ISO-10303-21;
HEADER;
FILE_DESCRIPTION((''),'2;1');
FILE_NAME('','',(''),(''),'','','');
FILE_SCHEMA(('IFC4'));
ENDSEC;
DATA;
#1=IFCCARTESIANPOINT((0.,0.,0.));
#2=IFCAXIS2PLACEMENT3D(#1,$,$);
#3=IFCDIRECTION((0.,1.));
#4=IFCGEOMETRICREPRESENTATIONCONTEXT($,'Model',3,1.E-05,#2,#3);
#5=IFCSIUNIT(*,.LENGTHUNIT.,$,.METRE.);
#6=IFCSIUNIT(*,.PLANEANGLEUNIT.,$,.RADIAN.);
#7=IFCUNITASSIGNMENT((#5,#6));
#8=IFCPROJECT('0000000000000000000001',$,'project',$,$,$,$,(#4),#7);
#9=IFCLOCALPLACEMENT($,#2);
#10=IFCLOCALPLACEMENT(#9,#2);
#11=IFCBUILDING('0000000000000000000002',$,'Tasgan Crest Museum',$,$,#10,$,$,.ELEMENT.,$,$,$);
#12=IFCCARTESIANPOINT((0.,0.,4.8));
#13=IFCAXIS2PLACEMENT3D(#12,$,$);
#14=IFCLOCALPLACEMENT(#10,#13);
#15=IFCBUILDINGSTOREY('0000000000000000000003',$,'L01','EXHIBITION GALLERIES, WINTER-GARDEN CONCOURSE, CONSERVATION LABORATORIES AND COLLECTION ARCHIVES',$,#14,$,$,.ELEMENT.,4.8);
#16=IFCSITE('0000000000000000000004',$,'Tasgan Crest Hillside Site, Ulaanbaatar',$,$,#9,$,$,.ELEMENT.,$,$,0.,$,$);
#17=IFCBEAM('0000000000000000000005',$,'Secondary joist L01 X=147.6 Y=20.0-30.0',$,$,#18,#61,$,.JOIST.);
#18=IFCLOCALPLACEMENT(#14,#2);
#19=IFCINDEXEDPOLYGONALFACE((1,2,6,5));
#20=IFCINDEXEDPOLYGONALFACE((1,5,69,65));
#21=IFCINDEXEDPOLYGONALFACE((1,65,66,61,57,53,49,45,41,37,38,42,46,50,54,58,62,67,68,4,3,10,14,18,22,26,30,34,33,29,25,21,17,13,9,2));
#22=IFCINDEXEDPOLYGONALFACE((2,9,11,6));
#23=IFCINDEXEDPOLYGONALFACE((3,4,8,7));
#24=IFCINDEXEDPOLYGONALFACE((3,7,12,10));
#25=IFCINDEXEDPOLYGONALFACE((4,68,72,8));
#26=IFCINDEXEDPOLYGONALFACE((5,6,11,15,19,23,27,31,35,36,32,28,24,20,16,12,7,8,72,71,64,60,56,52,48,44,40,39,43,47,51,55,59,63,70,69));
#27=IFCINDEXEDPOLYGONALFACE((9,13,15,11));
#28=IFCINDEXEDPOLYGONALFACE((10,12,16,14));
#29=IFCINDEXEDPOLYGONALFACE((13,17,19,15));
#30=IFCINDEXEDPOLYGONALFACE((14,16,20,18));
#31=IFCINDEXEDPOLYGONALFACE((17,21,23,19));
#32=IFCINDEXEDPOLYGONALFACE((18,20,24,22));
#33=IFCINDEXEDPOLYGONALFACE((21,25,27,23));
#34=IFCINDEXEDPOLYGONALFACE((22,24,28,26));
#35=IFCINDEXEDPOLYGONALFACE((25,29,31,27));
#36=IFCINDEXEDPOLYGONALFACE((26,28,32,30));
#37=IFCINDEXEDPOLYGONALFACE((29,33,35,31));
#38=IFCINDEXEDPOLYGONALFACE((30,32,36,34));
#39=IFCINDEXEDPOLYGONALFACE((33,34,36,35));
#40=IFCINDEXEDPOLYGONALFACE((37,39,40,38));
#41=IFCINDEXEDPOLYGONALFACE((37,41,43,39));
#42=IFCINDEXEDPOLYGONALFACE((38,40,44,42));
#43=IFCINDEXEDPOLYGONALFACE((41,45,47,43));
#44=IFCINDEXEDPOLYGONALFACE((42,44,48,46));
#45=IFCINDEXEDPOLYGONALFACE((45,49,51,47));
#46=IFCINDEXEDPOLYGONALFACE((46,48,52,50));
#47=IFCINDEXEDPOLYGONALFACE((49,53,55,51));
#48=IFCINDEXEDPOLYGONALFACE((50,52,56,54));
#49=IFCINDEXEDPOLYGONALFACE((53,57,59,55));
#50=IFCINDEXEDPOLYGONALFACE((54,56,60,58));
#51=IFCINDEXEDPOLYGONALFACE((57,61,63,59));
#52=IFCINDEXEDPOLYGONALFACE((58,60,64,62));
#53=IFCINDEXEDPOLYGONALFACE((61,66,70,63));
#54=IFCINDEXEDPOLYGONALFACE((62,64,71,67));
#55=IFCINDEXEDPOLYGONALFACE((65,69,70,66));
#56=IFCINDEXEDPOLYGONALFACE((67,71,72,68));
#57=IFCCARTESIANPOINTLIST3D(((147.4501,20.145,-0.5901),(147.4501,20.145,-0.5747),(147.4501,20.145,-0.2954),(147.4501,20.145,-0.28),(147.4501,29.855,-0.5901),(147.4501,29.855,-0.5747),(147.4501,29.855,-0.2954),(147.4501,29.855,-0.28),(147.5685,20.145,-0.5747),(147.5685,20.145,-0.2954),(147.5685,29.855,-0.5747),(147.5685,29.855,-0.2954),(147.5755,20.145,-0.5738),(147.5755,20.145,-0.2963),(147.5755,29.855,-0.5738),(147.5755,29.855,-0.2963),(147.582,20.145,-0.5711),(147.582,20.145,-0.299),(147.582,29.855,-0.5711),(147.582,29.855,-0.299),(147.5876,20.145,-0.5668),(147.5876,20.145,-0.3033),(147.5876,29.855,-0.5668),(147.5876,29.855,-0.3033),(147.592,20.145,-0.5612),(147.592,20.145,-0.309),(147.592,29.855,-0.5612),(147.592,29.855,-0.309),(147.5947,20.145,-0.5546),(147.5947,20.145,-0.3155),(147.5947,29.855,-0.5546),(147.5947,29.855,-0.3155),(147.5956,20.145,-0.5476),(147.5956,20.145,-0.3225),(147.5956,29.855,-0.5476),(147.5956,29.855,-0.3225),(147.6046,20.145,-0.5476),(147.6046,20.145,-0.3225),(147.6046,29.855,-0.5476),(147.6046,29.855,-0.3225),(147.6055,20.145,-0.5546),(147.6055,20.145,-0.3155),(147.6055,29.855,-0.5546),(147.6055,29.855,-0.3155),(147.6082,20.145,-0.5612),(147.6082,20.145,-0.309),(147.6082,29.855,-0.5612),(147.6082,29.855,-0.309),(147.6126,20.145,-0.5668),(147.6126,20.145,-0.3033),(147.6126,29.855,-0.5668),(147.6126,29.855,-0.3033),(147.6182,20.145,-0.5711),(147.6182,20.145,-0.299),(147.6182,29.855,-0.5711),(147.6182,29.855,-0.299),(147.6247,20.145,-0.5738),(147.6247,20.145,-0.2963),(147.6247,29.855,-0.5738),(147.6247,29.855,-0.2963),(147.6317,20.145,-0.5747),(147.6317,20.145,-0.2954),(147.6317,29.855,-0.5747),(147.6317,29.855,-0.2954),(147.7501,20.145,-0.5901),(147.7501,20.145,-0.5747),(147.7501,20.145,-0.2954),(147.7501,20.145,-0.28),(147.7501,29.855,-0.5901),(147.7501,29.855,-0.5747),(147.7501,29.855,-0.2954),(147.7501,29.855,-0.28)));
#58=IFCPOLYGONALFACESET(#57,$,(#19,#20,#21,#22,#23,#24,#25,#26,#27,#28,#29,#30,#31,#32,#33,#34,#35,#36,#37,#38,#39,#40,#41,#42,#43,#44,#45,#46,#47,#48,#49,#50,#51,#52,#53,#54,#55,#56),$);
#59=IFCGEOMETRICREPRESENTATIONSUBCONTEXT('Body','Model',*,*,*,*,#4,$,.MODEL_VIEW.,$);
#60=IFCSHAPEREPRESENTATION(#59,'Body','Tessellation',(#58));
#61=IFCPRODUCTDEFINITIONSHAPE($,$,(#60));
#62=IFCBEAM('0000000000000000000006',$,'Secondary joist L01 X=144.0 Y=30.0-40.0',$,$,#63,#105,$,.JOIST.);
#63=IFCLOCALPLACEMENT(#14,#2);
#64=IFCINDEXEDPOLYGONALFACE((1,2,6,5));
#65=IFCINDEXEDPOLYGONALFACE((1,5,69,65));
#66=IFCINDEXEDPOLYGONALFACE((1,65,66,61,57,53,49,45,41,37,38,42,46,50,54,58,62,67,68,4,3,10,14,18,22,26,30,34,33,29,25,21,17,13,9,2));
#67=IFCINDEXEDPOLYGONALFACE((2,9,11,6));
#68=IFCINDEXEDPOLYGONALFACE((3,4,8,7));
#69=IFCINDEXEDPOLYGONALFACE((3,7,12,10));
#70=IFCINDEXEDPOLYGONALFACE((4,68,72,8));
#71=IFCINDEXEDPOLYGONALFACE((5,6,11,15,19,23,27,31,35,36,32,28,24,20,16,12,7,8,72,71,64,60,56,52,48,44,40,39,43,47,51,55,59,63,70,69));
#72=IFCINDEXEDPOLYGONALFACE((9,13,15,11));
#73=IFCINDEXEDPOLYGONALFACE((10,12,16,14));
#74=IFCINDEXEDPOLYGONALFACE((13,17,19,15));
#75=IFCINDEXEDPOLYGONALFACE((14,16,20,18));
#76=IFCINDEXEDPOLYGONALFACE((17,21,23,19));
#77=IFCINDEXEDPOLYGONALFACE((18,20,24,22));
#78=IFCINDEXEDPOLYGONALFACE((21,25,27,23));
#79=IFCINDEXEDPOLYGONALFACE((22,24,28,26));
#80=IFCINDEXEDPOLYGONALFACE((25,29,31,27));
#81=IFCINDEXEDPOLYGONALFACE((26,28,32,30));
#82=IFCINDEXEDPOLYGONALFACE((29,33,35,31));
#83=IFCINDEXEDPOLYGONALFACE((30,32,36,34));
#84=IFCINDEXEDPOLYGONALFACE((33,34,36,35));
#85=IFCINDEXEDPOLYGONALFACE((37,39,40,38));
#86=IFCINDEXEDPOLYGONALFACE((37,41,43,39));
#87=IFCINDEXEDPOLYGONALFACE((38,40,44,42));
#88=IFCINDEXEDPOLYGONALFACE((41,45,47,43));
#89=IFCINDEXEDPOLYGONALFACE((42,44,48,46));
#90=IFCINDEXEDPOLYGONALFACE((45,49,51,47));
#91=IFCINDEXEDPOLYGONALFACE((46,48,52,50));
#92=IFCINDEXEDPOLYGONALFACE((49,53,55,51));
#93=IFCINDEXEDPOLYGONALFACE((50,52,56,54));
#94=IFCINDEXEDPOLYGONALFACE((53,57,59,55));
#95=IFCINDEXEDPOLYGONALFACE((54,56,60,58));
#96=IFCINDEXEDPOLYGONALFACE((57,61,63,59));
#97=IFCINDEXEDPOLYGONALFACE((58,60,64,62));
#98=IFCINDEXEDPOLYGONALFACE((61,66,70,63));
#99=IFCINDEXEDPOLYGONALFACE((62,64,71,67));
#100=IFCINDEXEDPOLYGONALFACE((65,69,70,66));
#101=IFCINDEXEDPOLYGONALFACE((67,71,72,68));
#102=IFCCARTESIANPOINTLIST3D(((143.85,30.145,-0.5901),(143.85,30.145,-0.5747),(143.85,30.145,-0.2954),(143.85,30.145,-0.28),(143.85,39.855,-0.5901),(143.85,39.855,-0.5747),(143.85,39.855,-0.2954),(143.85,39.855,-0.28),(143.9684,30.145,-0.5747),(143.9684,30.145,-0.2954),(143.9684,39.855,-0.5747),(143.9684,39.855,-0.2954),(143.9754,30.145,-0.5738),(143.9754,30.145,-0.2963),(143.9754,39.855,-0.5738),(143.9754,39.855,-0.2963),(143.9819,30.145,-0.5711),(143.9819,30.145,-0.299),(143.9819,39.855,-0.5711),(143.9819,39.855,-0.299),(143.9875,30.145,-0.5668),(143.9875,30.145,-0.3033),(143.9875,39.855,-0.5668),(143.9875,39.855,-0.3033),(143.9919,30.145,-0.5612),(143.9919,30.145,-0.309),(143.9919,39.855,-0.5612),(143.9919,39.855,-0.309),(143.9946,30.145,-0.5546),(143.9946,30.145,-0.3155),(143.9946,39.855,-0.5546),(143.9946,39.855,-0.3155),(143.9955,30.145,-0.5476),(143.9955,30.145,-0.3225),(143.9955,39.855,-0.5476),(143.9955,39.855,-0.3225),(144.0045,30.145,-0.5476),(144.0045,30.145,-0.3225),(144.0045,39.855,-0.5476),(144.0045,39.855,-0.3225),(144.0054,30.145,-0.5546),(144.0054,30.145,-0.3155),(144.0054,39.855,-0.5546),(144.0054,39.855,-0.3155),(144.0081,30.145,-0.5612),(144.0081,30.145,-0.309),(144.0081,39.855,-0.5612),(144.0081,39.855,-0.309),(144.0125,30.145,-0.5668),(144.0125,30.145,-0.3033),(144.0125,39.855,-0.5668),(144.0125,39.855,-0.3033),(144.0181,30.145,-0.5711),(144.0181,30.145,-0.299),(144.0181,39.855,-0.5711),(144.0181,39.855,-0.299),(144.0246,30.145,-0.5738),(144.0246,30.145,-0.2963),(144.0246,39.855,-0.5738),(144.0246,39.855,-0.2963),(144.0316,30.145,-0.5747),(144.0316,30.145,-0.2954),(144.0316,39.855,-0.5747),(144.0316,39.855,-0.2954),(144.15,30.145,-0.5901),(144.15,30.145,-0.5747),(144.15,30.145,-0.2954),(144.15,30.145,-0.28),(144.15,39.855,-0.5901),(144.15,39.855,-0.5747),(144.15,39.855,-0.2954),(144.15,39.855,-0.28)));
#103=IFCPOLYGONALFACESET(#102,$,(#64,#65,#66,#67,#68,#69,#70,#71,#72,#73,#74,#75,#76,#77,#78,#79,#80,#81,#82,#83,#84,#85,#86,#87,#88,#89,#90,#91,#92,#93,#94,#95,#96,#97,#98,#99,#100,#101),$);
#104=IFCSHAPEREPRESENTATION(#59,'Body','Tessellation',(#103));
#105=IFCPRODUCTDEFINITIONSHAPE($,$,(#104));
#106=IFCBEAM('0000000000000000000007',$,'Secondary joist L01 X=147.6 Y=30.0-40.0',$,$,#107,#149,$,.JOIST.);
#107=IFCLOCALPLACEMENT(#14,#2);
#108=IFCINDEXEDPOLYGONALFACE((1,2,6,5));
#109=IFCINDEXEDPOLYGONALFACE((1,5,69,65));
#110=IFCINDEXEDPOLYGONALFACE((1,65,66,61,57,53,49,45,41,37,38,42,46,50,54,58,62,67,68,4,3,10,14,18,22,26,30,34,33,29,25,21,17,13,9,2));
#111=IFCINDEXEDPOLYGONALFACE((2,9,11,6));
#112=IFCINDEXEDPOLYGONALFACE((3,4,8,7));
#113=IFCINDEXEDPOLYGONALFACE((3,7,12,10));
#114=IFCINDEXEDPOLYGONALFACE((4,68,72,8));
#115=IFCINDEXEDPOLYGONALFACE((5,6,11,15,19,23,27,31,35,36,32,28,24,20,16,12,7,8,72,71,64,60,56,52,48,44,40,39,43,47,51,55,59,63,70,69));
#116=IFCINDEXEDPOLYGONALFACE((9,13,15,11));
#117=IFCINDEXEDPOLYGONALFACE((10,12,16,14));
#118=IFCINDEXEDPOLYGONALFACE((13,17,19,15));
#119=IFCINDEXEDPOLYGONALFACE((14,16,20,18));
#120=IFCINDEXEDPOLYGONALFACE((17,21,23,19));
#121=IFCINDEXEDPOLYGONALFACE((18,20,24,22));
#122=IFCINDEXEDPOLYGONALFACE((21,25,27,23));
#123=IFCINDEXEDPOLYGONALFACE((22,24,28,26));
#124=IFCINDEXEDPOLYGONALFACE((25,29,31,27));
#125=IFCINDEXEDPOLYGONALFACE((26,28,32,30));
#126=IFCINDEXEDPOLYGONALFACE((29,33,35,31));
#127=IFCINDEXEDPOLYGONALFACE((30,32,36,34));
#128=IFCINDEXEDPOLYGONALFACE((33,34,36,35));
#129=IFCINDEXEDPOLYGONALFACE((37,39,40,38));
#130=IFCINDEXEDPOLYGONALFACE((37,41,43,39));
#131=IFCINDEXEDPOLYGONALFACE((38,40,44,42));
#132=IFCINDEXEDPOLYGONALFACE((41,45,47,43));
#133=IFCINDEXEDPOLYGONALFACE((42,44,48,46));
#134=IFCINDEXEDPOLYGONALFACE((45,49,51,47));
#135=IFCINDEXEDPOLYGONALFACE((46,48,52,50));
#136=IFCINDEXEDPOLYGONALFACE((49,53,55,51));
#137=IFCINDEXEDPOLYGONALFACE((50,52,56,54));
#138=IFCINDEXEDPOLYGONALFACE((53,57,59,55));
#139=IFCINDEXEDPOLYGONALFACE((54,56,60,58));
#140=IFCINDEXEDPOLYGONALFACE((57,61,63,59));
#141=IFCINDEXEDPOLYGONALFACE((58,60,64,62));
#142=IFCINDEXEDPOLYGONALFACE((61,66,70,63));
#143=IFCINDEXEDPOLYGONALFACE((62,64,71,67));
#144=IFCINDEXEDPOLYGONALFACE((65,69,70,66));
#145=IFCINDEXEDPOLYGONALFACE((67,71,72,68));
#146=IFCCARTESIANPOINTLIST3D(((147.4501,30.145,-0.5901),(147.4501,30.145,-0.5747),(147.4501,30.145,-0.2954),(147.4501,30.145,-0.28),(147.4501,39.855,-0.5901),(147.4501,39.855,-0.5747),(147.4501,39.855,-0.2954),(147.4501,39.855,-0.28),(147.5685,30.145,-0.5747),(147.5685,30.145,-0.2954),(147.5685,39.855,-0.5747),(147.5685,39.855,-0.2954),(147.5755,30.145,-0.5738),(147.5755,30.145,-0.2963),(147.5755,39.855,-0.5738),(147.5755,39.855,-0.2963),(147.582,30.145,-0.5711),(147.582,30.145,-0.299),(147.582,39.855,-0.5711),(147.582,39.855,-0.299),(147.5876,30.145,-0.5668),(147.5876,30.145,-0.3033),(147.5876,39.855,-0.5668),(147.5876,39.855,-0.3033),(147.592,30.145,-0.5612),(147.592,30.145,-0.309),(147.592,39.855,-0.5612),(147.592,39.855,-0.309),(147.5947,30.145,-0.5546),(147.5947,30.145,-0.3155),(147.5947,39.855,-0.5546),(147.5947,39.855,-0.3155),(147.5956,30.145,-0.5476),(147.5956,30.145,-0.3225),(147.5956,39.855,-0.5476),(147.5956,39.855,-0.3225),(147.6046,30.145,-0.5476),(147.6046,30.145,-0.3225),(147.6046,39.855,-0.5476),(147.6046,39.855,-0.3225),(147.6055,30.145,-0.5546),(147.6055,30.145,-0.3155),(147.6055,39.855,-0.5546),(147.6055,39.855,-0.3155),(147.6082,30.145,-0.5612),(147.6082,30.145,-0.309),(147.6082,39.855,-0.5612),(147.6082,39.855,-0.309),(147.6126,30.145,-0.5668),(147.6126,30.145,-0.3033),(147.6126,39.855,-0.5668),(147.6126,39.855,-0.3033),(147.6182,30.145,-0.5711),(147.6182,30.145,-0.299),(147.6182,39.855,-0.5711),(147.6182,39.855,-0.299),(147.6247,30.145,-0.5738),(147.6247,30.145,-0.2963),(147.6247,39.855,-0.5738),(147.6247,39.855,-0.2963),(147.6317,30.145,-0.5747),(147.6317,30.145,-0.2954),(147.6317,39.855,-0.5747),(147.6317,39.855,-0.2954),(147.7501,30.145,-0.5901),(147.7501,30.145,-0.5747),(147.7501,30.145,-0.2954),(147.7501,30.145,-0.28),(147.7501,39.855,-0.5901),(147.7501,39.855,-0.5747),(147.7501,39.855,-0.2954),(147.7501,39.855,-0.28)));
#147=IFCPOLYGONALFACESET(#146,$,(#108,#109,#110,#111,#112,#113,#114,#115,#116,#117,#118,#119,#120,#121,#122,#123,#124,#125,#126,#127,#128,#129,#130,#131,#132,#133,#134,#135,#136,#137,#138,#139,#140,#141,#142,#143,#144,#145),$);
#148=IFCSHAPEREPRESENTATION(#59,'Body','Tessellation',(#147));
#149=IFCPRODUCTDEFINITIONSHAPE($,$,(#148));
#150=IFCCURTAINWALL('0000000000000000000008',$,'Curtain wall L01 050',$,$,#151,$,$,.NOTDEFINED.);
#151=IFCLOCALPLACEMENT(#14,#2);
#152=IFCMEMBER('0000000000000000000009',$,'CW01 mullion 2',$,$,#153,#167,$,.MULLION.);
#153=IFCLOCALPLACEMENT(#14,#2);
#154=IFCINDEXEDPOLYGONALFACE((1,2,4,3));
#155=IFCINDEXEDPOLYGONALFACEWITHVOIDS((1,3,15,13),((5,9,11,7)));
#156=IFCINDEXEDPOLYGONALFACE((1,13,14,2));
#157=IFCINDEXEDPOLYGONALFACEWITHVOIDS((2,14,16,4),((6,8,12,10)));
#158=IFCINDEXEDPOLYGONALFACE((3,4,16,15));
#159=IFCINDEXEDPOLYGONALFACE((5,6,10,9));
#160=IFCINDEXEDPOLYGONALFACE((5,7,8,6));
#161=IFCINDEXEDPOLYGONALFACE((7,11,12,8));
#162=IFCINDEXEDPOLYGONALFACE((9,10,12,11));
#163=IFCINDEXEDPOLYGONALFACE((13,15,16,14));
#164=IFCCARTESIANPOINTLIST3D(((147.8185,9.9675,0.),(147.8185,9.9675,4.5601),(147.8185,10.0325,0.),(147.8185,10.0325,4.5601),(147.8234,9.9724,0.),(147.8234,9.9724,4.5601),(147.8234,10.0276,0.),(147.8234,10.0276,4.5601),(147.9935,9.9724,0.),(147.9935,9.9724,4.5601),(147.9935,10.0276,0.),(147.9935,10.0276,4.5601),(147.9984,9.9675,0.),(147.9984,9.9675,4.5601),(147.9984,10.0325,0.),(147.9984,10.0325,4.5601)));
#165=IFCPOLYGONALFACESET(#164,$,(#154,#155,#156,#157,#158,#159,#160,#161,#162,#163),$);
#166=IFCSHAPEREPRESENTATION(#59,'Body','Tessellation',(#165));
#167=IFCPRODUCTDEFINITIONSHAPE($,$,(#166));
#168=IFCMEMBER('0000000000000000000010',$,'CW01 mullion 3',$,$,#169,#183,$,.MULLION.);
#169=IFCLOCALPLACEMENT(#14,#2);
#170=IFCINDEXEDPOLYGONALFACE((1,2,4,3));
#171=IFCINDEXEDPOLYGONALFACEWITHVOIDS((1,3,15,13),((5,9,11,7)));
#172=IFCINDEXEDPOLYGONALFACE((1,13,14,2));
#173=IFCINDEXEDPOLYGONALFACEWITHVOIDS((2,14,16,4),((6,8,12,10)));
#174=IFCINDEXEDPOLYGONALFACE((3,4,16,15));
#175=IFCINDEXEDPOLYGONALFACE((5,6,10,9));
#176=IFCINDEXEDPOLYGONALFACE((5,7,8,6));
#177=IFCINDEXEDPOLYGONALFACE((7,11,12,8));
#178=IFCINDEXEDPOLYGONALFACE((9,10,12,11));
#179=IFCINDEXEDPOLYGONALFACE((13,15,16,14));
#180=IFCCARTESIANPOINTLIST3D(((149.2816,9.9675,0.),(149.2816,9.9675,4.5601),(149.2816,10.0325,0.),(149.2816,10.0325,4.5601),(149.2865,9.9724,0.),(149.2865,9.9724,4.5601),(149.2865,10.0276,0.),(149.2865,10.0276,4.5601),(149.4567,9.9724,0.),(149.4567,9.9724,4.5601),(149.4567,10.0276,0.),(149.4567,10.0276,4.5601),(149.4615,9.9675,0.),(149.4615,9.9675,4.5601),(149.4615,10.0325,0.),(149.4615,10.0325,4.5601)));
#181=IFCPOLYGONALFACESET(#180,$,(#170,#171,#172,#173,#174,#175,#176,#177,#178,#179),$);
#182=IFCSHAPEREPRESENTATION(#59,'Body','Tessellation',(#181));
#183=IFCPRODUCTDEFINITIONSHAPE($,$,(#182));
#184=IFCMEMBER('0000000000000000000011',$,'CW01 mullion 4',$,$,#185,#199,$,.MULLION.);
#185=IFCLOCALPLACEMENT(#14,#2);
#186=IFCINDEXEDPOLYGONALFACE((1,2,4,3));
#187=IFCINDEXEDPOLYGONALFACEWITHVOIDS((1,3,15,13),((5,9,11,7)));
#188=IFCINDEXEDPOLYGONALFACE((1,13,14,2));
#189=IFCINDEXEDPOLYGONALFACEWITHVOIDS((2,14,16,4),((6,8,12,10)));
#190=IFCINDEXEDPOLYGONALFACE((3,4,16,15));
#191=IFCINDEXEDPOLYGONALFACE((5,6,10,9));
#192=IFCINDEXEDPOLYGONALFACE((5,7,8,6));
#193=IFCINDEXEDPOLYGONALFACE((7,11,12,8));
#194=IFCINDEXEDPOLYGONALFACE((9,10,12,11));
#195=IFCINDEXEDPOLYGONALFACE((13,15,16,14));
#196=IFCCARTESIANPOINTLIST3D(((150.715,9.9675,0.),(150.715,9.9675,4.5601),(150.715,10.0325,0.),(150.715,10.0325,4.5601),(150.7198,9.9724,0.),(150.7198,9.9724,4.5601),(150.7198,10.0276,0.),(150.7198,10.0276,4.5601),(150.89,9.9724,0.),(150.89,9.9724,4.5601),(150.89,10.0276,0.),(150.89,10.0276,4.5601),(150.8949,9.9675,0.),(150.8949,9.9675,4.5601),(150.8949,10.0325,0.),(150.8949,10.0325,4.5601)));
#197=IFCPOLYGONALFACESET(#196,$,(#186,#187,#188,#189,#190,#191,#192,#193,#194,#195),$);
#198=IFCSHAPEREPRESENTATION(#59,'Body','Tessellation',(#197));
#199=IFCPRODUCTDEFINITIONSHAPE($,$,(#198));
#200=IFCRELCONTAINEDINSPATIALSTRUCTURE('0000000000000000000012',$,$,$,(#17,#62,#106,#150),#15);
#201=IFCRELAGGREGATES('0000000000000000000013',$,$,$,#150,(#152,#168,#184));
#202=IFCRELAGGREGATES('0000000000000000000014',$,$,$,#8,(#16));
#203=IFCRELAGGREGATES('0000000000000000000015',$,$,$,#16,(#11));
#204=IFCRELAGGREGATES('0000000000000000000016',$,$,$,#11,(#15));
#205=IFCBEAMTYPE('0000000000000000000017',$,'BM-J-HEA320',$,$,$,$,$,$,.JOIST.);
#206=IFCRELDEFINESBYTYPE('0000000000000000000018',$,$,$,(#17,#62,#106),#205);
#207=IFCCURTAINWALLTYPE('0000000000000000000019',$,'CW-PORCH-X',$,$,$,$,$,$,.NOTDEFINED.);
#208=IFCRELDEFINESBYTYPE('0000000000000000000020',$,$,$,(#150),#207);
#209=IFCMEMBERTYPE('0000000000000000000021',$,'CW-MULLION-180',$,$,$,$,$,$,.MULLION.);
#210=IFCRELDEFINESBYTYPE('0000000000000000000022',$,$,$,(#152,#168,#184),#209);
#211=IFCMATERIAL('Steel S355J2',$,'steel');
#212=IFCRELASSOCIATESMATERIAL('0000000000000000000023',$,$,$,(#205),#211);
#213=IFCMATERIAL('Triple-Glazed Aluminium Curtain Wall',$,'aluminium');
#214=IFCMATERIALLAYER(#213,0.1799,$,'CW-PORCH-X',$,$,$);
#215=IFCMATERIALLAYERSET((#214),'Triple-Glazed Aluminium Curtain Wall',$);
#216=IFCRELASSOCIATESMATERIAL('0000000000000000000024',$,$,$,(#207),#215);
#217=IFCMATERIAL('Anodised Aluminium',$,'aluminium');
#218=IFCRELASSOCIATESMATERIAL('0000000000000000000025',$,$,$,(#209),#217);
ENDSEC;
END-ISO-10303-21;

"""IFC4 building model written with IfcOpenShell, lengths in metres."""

from ifc_helpers import new_model, si_unit, direction, frame, origin, origin_2d, place, context, subcontext, project, spatial, hollow_rectangle, i_section, extrude, material, layer, layer_set, material_profile, profile_set, type_object, element, aggregate, save


model = new_model("IFC4")

# Units and contexts
model_context = context("Model", 3, precision=1e-05, world=origin(), true_north=direction((0.0, 1.0)))
body_context = subcontext(model_context, "Body", "Model", "MODEL_VIEW")
ifc_project = project(units=[si_unit("LENGTHUNIT", "METRE"), si_unit("PLANEANGLEUNIT", "RADIAN")], contexts=[model_context])

# Site, building, storey
site_placement = place(None, origin())
site = spatial("IfcSite", under=ifc_project, at=site_placement, Name="Tasgan Crest Hillside Site, Ulaanbaatar", CompositionType="ELEMENT", RefElevation=0.0)
building_placement = place(site_placement, origin())
building = spatial("IfcBuilding", under=site, at=building_placement, Name="Tasgan Crest Museum", CompositionType="ELEMENT")
storey_placement = place(building_placement, frame((0.0, 0.0, 4.8)))
storey = spatial("IfcBuildingStorey", under=building, at=storey_placement, Name="L01", Description="EXHIBITION GALLERIES, WINTER-GARDEN CONCOURSE, CONSERVATION LABORATORIES AND COLLECTION ARCHIVES", CompositionType="ELEMENT", Elevation=4.8)

# Beams
ifc_material_1 = material(Name="Steel S355J2", Category="steel")
ifc_material_profile_1 = material_profile(ifc_material_1, i_section(OverallWidth=0.3, OverallDepth=0.3101, WebThickness=0.009, FlangeThickness=0.0154, FilletRadius=0.0271, at=origin_2d()), Name="HEA 320")
ifc_profile_set_1 = profile_set([ifc_material_profile_1], Name="Steel S355J2")
beam_type_1 = type_object("IfcBeamType", Name="BM-J-HEA320", PredefinedType="JOIST", material=ifc_profile_set_1)
for number, where, z_axis, x_axis, name in (
    (1, (147.6001, 20.145, -0.4351), (0.0, 1.0, 0.0), (-1.0, 0.0, 0.0), "Secondary joist L01 X=147.6 Y=20.0-30.0"),
    (2, (144.0, 30.145, -0.4351), (0.0, 1.0, 0.0), (-1.0, 0.0, 0.0), "Secondary joist L01 X=144.0 Y=30.0-40.0"),
    (3, (147.6001, 30.145, -0.4351), (0.0, 1.0, 0.0), (-1.0, 0.0, 0.0), "Secondary joist L01 X=147.6 Y=30.0-40.0"),
):
    element("IfcBeam", number, at=place(storey_placement, frame(where, z_axis=z_axis, x_axis=x_axis)), inside=storey, type_object=beam_type_1, Name=name, PredefinedType="JOIST", context=body_context, shape_type="SweptSolid", body=[
        extrude(i_section(OverallWidth=0.3, OverallDepth=0.3101, WebThickness=0.009, FlangeThickness=0.0154, FilletRadius=0.0271, at=origin_2d()), origin(), (0.0, 0.0, 1.0), 9.71),
    ])

# Curtain wall, members
ifc_material_2 = material(Name="Triple-Glazed Aluminium Curtain Wall", Category="aluminium")
ifc_layer_1 = layer(ifc_material_2, 0.1799, Name="CW-PORCH-X")
ifc_layer_set_1 = layer_set([ifc_layer_1], Name="Triple-Glazed Aluminium Curtain Wall")
curtain_wall_type = type_object("IfcCurtainWallType", Name="CW-PORCH-X", PredefinedType="NOTDEFINED", material=ifc_layer_set_1)
curtain_wall_placement = place(storey_placement, origin())
curtain_wall = element("IfcCurtainWall", 4, at=curtain_wall_placement, inside=storey, type_object=curtain_wall_type, Name="Curtain wall L01 050", PredefinedType="NOTDEFINED")
ifc_material_3 = material(Name="Anodised Aluminium", Category="aluminium")
ifc_material_profile_2 = material_profile(ifc_material_3, hollow_rectangle(XDim=0.0649, YDim=0.1799, WallThickness=0.0049, at=origin_2d()), Name="ALU MULLION 180x65x5")
ifc_profile_set_2 = profile_set([ifc_material_profile_2], Name="Anodised Aluminium")
member_type_1 = type_object("IfcMemberType", Name="CW-MULLION-180", PredefinedType="MULLION", material=ifc_profile_set_2)
member_1_placement = place(storey_placement, frame((147.9084, 10.0, 0.0), z_axis=(0.0, 0.0, 1.0), x_axis=(0.0, 1.0, 0.0)))
member_1 = element("IfcMember", 5, at=member_1_placement, type_object=member_type_1, Name="CW01 mullion 2", PredefinedType="MULLION", context=body_context, shape_type="SweptSolid", body=[
    extrude(hollow_rectangle(XDim=0.0649, YDim=0.1799, WallThickness=0.0049, at=origin_2d()), origin(), (0.0, 0.0, 1.0), 4.5601),
])
member_2_placement = place(storey_placement, frame((149.3716, 10.0, 0.0), z_axis=(0.0, 0.0, 1.0), x_axis=(0.0, 1.0, 0.0)))
member_2 = element("IfcMember", 6, at=member_2_placement, type_object=member_type_1, Name="CW01 mullion 3", PredefinedType="MULLION", context=body_context, shape_type="SweptSolid", body=[
    extrude(hollow_rectangle(XDim=0.0649, YDim=0.1799, WallThickness=0.0049, at=origin_2d()), origin(), (0.0, 0.0, 1.0), 4.5601),
])
member_3_placement = place(storey_placement, frame((150.8049, 10.0, 0.0), z_axis=(0.0, 0.0, 1.0), x_axis=(0.0, 1.0, 0.0)))
member_3 = element("IfcMember", 7, at=member_3_placement, type_object=member_type_1, Name="CW01 mullion 4", PredefinedType="MULLION", context=body_context, shape_type="SweptSolid", body=[
    extrude(hollow_rectangle(XDim=0.0649, YDim=0.1799, WallThickness=0.0049, at=origin_2d()), origin(), (0.0, 0.0, 1.0), 4.5601),
])
aggregate(curtain_wall, [member_1, member_2, member_3])

save(model, "model.ifc")
